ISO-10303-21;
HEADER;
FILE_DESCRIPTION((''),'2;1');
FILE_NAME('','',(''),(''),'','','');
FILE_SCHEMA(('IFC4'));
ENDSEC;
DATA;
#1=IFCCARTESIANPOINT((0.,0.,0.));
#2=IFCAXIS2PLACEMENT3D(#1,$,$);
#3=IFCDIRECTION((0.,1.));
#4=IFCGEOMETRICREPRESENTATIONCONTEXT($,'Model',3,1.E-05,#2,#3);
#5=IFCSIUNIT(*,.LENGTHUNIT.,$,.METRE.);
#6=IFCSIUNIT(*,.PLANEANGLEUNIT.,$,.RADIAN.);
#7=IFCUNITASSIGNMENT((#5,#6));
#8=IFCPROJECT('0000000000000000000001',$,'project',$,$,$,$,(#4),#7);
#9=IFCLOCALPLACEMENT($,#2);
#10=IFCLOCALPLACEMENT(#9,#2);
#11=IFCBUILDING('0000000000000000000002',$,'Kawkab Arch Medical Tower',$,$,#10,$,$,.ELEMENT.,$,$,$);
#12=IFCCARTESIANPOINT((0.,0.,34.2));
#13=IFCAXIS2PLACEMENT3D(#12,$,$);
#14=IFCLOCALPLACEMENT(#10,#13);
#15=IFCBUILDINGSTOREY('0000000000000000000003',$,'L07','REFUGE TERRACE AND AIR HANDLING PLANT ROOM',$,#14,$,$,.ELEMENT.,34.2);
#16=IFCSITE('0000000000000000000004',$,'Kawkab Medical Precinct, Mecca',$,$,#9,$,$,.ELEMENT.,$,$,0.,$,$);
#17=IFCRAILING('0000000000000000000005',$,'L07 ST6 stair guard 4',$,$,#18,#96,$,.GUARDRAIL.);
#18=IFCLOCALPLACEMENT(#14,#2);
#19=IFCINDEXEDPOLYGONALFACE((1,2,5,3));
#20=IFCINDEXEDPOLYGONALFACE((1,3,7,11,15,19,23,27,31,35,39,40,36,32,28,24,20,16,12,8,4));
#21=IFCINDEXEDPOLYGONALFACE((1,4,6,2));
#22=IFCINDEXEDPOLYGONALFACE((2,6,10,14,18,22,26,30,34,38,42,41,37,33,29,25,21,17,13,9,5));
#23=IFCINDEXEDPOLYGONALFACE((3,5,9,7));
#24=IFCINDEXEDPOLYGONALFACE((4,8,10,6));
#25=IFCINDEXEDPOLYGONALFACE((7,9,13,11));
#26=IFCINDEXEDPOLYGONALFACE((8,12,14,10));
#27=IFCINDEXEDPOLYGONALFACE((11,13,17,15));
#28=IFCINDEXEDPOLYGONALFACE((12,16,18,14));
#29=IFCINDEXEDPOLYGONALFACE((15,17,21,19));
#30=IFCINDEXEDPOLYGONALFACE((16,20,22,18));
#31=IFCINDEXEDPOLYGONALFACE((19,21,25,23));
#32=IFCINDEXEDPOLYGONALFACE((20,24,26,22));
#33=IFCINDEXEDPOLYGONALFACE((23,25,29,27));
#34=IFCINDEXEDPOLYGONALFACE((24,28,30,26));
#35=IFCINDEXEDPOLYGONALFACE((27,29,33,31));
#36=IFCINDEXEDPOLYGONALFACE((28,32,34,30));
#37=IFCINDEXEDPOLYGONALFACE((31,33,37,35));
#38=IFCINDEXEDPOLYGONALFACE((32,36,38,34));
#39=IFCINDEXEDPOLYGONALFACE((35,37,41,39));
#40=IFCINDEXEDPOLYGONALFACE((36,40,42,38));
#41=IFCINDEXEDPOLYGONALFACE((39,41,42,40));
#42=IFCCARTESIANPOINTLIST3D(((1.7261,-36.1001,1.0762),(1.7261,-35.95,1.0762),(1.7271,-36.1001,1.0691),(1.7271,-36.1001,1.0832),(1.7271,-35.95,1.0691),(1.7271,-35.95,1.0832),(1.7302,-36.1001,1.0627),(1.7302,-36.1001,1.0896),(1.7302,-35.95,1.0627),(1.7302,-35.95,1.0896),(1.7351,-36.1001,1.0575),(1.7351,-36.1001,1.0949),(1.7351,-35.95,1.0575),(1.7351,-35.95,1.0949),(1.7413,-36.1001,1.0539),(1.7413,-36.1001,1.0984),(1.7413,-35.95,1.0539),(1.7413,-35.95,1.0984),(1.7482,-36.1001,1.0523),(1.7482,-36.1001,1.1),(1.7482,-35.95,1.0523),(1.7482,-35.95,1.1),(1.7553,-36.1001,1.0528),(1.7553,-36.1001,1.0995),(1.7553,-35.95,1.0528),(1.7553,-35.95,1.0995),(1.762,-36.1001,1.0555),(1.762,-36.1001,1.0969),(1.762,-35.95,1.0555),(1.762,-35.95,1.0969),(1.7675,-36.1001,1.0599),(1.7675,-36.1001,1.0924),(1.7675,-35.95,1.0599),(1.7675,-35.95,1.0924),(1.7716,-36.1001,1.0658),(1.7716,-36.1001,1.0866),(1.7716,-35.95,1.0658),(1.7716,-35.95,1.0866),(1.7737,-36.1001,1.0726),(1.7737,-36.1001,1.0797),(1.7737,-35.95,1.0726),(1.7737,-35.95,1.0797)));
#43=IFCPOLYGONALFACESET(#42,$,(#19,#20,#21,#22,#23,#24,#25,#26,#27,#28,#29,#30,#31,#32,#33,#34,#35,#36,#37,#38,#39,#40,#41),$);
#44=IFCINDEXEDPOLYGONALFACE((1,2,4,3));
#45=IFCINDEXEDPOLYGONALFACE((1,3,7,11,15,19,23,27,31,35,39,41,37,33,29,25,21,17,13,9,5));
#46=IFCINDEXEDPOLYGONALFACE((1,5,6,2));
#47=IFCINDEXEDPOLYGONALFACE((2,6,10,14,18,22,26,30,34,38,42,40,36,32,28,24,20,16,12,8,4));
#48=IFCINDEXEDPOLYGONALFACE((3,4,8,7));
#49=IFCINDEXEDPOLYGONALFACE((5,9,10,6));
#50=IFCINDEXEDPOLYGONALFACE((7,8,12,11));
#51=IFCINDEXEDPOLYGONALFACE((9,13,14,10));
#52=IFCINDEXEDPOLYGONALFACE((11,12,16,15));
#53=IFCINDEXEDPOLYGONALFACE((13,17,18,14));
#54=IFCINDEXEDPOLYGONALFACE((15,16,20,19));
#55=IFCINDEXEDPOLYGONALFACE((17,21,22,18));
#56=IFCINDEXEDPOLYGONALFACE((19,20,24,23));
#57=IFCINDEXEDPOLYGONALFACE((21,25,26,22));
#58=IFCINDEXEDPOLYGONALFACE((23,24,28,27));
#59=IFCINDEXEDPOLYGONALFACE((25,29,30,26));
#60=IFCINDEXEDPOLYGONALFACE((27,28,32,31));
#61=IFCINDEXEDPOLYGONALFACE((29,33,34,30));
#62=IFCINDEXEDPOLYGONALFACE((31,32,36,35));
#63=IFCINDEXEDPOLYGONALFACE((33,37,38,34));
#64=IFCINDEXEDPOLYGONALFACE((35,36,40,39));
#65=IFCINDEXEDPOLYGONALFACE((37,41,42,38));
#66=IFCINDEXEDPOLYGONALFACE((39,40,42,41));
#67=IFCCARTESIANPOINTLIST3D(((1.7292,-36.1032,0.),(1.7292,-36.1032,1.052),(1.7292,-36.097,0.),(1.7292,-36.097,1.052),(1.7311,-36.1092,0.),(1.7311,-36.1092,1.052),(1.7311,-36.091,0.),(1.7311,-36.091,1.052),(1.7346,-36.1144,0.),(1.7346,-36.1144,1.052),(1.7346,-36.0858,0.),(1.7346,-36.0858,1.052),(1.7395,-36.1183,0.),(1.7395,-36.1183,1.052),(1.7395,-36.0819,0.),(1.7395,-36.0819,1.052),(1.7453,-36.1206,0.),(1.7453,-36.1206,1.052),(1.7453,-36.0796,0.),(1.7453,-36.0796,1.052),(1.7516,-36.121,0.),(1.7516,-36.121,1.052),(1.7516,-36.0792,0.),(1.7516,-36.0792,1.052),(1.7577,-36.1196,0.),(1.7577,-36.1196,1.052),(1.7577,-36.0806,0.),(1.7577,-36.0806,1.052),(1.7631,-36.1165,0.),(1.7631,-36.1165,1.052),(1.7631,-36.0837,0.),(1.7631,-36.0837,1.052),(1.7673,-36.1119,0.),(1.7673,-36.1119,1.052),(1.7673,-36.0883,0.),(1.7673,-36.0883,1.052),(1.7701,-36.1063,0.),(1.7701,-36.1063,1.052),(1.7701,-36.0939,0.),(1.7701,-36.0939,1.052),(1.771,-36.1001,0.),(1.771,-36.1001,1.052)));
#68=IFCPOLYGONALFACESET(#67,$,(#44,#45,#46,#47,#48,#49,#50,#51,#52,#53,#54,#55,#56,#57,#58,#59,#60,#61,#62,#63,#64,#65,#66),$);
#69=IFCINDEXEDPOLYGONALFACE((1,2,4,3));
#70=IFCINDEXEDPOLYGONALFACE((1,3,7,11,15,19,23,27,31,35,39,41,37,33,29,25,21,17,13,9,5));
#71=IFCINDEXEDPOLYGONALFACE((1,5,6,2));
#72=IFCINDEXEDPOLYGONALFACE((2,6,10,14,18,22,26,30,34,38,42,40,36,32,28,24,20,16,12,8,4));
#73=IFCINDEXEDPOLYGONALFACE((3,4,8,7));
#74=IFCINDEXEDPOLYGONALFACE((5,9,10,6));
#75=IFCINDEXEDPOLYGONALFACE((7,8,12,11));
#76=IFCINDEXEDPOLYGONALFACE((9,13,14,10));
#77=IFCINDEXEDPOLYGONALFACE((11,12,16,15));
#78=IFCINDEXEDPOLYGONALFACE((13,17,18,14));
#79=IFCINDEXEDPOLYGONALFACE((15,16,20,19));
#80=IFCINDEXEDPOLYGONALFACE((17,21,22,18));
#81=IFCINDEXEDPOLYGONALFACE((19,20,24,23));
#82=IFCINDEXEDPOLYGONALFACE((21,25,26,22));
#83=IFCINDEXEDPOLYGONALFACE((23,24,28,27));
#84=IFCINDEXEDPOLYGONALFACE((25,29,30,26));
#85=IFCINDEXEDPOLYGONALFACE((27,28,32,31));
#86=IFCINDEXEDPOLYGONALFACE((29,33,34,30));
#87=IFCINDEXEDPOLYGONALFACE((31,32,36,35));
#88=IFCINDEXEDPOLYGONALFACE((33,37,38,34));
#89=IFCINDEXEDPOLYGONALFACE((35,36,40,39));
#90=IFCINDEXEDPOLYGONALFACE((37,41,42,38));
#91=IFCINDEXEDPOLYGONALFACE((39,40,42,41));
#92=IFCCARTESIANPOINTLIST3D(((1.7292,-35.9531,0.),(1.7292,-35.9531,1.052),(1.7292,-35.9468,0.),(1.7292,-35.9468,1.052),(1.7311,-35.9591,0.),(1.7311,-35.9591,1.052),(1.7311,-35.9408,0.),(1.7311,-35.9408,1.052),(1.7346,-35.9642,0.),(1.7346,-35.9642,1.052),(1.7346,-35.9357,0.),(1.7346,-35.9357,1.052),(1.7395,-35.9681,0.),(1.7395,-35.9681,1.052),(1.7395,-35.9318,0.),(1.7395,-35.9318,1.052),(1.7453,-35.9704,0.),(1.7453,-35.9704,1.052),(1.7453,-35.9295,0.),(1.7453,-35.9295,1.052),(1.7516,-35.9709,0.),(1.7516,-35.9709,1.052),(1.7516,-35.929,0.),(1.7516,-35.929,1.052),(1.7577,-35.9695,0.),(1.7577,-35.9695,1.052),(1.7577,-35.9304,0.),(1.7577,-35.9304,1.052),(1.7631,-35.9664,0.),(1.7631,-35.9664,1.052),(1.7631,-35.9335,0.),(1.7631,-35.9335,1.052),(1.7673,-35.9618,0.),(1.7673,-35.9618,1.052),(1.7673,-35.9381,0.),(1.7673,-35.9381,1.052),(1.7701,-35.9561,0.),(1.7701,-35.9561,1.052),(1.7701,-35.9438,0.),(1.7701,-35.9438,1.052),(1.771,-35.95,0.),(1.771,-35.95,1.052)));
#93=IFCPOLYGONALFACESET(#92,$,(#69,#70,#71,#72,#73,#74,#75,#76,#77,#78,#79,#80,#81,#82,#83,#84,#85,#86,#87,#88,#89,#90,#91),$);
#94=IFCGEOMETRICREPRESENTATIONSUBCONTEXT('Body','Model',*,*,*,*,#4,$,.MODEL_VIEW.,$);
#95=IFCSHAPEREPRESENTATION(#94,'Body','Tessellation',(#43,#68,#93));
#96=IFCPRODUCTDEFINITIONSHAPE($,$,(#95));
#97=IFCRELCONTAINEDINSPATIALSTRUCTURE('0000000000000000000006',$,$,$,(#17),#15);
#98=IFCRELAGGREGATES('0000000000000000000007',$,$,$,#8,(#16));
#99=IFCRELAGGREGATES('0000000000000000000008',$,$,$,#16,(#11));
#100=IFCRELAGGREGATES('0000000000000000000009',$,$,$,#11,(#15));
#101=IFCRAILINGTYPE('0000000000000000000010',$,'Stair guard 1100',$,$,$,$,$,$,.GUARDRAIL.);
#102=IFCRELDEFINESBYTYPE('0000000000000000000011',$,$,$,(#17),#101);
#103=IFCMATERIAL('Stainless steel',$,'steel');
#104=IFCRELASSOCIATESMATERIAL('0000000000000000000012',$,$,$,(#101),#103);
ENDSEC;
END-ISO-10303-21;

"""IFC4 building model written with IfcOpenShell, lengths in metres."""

from ifc_helpers import new_model, si_unit, direction, frame, origin, origin_2d, place, context, subcontext, project, spatial, circle, extrude, material, type_object, element, save


model = new_model("IFC4")

# Units and contexts
model_context = context("Model", 3, precision=1e-05, world=origin(), true_north=direction((0.0, 1.0)))
body_context = subcontext(model_context, "Body", "Model", "MODEL_VIEW")
ifc_project = project(units=[si_unit("LENGTHUNIT", "METRE"), si_unit("PLANEANGLEUNIT", "RADIAN")], contexts=[model_context])

# Site, building, storey
site_placement = place(None, origin())
site = spatial("IfcSite", under=ifc_project, at=site_placement, Name="Kawkab Medical Precinct, Mecca", CompositionType="ELEMENT", RefElevation=0.0)
building_placement = place(site_placement, origin())
building = spatial("IfcBuilding", under=site, at=building_placement, Name="Kawkab Arch Medical Tower", CompositionType="ELEMENT")
storey_placement = place(building_placement, frame((0.0, 0.0, 34.2)))
storey = spatial("IfcBuildingStorey", under=building, at=storey_placement, Name="L07", Description="REFUGE TERRACE AND AIR HANDLING PLANT ROOM", CompositionType="ELEMENT", Elevation=34.2)

# Railing
ifc_material_1 = material(Name="Stainless steel", Category="steel")
railing_type_1 = type_object("IfcRailingType", Name="Stair guard 1100", PredefinedType="GUARDRAIL", material=ifc_material_1)
railing_1_placement = place(storey_placement, frame((1.75, -36.1001, 0.0)))
element("IfcRailing", 1, at=railing_1_placement, inside=storey, type_object=railing_type_1, Name="L07 ST6 stair guard 4", PredefinedType="GUARDRAIL", context=body_context, shape_type="SweptSolid", body=[
    extrude(circle(Radius=0.0239, at=origin_2d()), frame((0.0, 0.0, 1.0762), z_axis=(0.0, 1.0, 0.0), x_axis=(-1.0, 0.0, 0.0)), (0.0, 0.0, 1.0), 0.1501),
    extrude(circle(Radius=0.021, at=origin_2d()), origin(), (0.0, 0.0, 1.0), 1.052),
    extrude(circle(Radius=0.021, at=origin_2d()), frame((0.0, 0.1501, 0.0)), (0.0, 0.0, 1.0), 1.052),
])

save(model, "model.ifc")
